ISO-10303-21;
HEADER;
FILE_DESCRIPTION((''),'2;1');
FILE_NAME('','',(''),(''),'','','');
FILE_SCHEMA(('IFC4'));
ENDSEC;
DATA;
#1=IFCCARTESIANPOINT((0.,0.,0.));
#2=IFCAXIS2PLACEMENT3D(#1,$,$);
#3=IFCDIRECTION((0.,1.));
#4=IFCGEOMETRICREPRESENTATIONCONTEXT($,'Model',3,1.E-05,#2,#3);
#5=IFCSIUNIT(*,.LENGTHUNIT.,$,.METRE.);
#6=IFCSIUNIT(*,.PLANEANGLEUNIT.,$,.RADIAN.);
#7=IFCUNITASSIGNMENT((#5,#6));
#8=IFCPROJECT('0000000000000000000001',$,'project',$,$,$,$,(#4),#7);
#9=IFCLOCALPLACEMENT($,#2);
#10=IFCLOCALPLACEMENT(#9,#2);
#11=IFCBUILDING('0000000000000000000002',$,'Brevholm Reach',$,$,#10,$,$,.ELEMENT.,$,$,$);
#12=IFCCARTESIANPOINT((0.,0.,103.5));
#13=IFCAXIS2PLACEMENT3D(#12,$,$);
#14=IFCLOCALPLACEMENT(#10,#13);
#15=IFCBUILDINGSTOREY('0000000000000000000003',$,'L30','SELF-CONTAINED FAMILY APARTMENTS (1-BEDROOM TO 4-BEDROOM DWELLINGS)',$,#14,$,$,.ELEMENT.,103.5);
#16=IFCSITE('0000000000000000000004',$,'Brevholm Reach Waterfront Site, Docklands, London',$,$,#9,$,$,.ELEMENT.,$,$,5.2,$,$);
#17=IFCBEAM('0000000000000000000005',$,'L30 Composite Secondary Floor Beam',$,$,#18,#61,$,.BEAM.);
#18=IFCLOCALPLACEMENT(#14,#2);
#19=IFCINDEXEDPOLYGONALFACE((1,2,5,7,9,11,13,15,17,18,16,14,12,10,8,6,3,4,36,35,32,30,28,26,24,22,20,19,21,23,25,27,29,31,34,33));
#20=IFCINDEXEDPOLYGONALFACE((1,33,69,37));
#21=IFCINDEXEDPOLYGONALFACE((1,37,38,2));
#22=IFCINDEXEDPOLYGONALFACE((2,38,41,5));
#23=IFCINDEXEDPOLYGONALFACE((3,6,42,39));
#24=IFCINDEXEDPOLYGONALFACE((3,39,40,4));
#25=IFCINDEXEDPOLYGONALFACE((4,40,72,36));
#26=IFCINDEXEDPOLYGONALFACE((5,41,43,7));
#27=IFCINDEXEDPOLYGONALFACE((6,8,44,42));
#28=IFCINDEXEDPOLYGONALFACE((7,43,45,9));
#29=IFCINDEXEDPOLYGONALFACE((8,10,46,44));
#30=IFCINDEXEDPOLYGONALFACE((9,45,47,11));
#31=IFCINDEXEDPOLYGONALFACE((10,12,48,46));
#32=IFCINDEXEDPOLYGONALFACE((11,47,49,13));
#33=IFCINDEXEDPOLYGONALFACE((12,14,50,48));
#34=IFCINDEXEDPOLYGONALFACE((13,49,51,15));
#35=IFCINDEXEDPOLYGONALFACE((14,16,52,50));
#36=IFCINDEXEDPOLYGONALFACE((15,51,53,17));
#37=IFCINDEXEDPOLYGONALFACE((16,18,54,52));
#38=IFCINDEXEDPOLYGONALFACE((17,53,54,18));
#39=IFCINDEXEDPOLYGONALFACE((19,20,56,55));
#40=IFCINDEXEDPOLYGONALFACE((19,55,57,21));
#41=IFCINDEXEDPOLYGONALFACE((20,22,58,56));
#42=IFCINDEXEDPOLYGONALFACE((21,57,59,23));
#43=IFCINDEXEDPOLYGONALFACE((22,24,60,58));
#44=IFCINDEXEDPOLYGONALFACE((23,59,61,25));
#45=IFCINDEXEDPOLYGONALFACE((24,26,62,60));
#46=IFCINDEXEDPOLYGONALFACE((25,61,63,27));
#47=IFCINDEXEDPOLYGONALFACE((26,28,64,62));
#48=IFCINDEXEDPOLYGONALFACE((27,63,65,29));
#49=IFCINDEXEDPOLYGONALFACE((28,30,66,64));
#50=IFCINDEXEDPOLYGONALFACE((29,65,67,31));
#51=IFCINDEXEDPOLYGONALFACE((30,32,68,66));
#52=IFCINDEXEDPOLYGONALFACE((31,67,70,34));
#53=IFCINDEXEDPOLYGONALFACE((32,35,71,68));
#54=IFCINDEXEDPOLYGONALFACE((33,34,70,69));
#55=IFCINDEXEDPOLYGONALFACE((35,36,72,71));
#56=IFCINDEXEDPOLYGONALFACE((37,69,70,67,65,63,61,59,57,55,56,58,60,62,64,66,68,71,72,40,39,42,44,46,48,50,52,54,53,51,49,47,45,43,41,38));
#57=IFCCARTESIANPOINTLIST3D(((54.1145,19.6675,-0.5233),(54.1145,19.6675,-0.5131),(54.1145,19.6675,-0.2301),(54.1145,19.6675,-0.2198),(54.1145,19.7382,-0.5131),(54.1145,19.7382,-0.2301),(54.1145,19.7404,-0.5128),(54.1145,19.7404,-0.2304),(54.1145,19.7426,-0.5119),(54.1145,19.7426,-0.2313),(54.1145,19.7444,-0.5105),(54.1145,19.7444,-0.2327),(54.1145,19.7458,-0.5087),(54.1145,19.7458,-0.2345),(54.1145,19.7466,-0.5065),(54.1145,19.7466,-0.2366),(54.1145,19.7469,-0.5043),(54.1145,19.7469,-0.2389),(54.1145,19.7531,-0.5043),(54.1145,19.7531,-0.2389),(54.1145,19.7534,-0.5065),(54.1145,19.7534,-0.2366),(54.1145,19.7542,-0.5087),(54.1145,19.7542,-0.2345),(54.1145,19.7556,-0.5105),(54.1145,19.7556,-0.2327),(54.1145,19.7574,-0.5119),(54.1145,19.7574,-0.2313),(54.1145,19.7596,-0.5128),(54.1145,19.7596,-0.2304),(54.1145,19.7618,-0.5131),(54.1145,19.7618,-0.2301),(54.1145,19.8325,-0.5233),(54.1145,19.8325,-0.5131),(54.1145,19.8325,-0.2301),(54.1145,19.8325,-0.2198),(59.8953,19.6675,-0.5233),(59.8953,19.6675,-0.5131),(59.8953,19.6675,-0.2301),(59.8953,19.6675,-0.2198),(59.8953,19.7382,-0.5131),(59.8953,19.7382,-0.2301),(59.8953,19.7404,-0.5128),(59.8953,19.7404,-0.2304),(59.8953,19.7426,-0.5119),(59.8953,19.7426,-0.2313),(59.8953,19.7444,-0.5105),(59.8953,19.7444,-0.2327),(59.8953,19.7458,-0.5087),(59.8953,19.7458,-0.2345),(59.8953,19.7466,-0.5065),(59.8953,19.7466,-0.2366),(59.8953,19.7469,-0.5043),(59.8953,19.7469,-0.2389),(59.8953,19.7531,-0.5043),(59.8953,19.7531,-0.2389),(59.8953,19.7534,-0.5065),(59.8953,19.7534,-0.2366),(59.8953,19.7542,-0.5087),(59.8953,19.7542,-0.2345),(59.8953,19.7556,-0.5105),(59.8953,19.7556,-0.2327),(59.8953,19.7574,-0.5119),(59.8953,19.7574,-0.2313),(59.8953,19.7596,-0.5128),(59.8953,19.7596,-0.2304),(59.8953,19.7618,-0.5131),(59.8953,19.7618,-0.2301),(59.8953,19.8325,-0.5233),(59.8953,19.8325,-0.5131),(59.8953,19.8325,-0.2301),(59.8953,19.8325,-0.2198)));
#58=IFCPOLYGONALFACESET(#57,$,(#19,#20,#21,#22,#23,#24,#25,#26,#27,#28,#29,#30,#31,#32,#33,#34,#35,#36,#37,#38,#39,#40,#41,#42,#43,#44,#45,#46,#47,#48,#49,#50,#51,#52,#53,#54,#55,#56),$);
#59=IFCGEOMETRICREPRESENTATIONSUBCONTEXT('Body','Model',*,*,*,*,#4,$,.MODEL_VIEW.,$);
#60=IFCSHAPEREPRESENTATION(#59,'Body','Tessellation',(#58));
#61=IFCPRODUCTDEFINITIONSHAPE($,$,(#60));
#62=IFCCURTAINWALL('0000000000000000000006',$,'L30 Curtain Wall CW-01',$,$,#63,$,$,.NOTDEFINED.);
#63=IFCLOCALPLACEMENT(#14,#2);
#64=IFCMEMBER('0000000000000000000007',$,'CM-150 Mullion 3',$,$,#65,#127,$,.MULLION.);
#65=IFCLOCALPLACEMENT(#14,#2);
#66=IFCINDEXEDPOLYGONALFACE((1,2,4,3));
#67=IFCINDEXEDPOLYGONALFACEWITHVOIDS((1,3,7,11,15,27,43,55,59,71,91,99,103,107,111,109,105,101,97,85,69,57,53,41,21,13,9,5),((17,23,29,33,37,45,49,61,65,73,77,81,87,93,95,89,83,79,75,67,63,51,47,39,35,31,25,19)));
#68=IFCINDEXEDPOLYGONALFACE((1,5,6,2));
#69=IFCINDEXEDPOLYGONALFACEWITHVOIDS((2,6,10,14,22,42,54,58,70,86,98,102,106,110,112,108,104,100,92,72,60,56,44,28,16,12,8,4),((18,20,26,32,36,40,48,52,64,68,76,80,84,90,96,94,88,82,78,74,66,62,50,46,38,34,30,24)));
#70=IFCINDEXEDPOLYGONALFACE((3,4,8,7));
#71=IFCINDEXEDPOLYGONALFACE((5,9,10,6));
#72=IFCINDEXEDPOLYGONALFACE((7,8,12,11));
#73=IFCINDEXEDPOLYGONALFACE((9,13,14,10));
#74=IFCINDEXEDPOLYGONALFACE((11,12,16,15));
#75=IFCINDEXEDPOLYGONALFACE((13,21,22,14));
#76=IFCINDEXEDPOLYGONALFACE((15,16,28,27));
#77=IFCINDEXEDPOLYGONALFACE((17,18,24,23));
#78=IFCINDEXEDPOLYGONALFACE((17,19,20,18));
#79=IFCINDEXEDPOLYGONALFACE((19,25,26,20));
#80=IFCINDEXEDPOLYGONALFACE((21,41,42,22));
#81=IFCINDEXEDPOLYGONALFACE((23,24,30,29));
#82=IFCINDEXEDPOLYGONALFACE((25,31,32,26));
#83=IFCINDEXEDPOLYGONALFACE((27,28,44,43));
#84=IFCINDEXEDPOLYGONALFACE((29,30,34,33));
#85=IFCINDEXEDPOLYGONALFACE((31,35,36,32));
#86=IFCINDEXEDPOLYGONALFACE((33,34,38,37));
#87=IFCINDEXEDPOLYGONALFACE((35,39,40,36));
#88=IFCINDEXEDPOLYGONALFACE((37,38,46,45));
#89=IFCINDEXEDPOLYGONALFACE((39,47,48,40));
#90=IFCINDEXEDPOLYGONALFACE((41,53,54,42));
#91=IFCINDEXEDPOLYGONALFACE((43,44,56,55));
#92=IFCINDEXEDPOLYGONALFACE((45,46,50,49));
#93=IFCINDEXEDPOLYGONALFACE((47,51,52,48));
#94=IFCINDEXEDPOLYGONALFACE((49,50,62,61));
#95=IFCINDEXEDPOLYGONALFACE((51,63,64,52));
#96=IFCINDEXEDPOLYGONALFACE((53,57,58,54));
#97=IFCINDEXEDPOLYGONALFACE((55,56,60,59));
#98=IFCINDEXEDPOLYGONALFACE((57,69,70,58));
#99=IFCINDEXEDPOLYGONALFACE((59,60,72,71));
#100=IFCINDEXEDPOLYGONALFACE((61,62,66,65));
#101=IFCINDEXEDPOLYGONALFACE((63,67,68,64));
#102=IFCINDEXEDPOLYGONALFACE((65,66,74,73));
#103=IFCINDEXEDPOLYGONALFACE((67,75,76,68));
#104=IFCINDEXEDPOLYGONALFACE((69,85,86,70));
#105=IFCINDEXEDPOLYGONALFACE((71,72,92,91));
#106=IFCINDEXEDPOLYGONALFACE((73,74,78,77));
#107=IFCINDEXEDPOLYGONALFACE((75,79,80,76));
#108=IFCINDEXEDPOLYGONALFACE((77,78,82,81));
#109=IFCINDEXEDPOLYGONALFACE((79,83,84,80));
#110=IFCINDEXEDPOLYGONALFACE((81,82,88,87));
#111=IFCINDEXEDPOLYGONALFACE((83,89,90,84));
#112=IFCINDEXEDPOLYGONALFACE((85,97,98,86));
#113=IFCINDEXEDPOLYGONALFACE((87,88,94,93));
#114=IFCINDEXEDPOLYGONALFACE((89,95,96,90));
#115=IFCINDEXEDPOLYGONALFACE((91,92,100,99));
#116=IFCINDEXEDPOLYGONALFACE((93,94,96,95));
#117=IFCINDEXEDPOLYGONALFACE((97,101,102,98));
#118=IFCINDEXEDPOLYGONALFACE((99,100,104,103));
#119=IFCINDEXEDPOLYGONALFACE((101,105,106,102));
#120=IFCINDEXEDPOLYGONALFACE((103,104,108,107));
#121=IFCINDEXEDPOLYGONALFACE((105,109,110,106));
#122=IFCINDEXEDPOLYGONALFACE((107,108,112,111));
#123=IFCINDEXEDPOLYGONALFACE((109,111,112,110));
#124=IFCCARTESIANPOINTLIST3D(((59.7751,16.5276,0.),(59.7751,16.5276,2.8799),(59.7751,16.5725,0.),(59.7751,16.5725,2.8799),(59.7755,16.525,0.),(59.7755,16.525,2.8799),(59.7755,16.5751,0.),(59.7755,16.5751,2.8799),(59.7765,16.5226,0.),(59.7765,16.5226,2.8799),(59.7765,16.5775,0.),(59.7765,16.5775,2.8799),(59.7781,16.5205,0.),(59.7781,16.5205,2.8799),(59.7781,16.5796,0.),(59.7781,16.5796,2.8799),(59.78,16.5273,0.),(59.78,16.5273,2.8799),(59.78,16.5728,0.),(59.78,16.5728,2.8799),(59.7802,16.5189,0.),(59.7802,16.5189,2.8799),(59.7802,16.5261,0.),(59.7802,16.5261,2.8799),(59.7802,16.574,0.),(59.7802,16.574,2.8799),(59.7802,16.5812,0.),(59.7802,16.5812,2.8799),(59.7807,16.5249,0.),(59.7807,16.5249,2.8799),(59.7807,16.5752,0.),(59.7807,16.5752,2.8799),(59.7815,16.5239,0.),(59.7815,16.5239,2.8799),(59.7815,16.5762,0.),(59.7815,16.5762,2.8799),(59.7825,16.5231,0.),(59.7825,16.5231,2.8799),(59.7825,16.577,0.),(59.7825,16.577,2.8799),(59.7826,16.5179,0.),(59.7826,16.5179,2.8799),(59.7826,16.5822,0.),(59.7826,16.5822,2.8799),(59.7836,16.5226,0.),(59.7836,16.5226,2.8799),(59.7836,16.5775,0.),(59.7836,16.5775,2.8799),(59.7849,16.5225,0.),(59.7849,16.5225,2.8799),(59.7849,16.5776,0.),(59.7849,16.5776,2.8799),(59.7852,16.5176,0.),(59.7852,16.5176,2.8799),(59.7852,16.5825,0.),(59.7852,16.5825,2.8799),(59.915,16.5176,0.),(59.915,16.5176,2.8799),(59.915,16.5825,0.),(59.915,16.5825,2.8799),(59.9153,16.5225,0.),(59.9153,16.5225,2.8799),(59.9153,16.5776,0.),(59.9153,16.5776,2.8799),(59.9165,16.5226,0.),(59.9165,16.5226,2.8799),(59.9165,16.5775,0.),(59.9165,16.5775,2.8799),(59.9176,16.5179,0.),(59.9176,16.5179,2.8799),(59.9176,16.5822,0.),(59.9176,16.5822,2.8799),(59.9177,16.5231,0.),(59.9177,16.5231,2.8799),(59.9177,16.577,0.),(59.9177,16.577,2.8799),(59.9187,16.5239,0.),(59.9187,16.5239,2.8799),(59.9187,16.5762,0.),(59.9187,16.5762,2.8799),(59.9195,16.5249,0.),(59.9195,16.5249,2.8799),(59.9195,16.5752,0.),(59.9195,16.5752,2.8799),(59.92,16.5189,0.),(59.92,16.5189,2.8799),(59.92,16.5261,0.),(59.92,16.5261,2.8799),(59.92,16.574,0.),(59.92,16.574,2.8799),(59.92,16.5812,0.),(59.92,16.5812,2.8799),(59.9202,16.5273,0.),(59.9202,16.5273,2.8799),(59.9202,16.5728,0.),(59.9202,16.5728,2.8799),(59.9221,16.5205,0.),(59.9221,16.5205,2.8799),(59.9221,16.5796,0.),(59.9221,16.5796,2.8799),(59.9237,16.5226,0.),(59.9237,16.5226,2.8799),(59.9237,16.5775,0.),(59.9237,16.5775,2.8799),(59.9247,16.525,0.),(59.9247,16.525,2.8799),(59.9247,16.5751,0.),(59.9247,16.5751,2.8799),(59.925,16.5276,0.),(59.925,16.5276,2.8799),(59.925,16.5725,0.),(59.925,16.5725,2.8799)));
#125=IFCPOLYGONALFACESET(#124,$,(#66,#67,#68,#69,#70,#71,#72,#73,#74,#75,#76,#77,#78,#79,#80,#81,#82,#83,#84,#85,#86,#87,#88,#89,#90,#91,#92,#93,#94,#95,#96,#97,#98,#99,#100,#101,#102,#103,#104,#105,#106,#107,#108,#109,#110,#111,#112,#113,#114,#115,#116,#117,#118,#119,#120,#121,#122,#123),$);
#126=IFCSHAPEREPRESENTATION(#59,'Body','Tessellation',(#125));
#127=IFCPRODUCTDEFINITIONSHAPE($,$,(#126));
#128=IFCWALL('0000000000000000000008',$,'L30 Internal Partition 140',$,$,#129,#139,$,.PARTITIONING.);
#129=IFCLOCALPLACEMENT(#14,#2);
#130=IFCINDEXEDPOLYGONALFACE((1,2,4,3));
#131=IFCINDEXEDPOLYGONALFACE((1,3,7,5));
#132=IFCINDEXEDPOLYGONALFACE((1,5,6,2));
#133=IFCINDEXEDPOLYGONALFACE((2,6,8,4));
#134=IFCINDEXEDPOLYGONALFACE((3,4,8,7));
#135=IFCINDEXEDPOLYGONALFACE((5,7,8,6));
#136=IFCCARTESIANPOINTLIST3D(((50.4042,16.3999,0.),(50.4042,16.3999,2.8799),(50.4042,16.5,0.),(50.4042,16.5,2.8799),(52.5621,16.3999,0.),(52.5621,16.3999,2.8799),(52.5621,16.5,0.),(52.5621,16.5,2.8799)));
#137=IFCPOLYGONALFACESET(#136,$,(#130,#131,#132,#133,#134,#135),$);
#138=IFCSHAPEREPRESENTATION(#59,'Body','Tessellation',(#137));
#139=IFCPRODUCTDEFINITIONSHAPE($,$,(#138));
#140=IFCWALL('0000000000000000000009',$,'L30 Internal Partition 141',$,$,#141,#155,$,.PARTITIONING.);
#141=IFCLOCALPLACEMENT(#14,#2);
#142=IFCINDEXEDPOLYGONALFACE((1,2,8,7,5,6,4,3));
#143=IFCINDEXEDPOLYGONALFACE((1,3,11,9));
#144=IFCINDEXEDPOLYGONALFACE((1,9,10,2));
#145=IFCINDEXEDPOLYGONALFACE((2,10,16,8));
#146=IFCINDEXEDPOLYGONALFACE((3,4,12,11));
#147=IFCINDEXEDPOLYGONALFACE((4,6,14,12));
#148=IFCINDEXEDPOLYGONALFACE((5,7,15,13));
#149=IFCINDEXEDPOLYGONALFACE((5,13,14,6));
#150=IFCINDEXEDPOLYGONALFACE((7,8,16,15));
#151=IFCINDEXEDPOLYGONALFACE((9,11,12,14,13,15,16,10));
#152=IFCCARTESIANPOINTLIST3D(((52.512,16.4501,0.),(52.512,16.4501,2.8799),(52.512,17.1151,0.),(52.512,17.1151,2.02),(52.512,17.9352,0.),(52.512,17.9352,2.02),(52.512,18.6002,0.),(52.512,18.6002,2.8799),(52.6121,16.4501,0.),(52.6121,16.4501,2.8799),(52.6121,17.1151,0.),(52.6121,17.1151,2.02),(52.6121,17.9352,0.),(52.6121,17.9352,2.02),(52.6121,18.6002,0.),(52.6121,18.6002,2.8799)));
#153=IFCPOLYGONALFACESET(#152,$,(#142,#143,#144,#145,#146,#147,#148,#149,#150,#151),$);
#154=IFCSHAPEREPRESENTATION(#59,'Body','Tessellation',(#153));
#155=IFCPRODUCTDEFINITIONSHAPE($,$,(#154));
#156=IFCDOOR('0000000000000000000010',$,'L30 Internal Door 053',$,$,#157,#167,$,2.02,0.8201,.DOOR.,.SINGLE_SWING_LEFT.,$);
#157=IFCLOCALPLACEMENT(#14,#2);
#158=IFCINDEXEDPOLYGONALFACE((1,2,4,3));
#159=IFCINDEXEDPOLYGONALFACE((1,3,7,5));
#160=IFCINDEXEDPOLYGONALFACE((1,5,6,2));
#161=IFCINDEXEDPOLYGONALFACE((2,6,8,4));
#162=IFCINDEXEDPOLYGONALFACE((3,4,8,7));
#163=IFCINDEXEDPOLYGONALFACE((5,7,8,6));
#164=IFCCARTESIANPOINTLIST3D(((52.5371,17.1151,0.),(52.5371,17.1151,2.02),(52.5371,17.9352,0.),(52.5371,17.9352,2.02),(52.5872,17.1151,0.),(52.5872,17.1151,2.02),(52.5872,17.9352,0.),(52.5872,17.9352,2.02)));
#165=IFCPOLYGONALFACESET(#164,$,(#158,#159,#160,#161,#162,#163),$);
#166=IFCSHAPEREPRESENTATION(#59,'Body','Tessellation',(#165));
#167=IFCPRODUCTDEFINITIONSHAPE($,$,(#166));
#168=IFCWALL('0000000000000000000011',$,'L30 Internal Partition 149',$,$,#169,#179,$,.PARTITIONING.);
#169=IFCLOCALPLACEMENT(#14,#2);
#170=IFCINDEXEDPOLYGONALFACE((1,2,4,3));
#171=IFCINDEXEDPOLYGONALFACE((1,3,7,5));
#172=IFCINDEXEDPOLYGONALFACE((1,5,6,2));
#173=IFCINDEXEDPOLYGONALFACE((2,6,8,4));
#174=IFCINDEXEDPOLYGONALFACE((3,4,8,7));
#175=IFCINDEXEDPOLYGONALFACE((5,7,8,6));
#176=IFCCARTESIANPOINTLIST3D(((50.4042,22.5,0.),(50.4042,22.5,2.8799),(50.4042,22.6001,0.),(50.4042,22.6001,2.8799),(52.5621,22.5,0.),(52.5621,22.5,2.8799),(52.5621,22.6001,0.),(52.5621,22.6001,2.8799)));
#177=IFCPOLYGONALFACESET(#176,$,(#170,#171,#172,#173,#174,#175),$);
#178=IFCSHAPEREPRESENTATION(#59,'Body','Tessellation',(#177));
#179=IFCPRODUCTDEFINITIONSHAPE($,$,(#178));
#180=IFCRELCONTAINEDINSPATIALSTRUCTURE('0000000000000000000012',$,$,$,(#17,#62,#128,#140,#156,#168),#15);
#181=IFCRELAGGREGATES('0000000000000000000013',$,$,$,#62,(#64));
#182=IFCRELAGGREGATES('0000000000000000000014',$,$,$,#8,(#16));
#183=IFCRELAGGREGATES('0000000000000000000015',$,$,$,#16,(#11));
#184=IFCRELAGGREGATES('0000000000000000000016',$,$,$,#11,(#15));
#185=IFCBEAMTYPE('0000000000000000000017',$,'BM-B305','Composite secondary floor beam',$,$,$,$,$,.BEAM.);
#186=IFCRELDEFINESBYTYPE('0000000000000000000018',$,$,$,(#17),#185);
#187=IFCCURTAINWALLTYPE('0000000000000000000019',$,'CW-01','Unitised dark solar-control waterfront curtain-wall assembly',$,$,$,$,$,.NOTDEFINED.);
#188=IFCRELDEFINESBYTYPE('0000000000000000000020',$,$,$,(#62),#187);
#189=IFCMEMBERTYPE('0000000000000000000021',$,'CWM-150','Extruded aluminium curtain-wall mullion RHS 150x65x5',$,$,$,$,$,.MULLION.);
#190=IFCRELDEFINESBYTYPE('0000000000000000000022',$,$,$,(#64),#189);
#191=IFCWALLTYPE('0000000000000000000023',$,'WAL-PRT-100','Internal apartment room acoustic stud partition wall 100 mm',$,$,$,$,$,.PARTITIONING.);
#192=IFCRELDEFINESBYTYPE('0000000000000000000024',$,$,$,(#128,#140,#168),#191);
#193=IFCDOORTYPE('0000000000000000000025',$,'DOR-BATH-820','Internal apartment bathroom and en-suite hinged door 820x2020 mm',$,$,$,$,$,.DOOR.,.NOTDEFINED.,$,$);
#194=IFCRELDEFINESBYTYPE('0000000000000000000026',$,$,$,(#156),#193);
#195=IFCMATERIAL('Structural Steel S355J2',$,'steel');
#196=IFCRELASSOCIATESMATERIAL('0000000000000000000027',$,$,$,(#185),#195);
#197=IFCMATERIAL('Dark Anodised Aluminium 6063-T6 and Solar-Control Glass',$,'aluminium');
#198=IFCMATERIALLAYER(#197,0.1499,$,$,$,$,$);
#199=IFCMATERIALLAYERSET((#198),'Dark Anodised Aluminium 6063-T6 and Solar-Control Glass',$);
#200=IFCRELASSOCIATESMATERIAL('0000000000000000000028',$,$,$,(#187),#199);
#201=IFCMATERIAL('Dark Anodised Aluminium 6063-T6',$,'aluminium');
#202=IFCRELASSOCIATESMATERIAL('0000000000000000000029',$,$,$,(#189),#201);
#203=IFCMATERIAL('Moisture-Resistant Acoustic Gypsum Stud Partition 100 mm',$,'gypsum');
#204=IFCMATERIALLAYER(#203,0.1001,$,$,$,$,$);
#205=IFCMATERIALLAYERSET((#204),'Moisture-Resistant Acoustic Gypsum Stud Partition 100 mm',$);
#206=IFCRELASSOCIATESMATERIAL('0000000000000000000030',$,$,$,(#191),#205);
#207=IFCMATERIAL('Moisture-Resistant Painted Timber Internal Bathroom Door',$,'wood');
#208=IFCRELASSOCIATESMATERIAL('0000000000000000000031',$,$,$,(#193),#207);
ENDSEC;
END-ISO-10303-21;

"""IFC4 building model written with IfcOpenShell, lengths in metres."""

from ifc_helpers import new_model, si_unit, direction, frame, frame_2d, origin, origin_2d, place, context, subcontext, project, spatial, rectangle, hollow_rectangle, i_section, extrude, material, layer, layer_set, material_profile, profile_set, type_object, element, fill, aggregate, save


model = new_model("IFC4")

# Units and contexts
model_context = context("Model", 3, precision=1e-05, world=origin(), true_north=direction((0.0, 1.0)))
body_context = subcontext(model_context, "Body", "Model", "MODEL_VIEW")
ifc_project = project(units=[si_unit("LENGTHUNIT", "METRE"), si_unit("PLANEANGLEUNIT", "RADIAN")], contexts=[model_context])

# Site, building, storey
site_placement = place(None, origin())
site = spatial("IfcSite", under=ifc_project, at=site_placement, Name="Brevholm Reach Waterfront Site, Docklands, London", CompositionType="ELEMENT", RefElevation=5.2)
building_placement = place(site_placement, origin())
building = spatial("IfcBuilding", under=site, at=building_placement, Name="Brevholm Reach", CompositionType="ELEMENT")
storey_placement = place(building_placement, frame((0.0, 0.0, 103.5)))
storey = spatial("IfcBuildingStorey", under=building, at=storey_placement, Name="L30", Description="SELF-CONTAINED FAMILY APARTMENTS (1-BEDROOM TO 4-BEDROOM DWELLINGS)", CompositionType="ELEMENT", Elevation=103.5)

# Beam
ifc_material_1 = material(Name="Structural Steel S355J2", Category="steel")
ifc_material_profile_1 = material_profile(ifc_material_1, i_section(OverallWidth=0.165, OverallDepth=0.3035, WebThickness=0.0061, FlangeThickness=0.0103, FilletRadius=0.0088, at=origin_2d()), Name="UKB 305x165x40")
ifc_profile_set_1 = profile_set([ifc_material_profile_1], Name="Structural Steel S355J2")
beam_type = type_object("IfcBeamType", Name="BM-B305", Description="Composite secondary floor beam", PredefinedType="BEAM", material=ifc_profile_set_1)
beam_placement = place(storey_placement, frame((54.1145, 19.75, -0.3716), z_axis=(1.0, 0.0, 0.0), x_axis=(0.0, 1.0, 0.0)))
element("IfcBeam", 1, at=beam_placement, inside=storey, type_object=beam_type, Name="L30 Composite Secondary Floor Beam", PredefinedType="BEAM", context=body_context, shape_type="SweptSolid", body=[
    extrude(i_section(OverallWidth=0.165, OverallDepth=0.3035, WebThickness=0.0061, FlangeThickness=0.0103, FilletRadius=0.0088, at=origin_2d()), origin(), (0.0, 0.0, 1.0), 5.7808),
])

# Curtain wall, member
ifc_material_2 = material(Name="Dark Anodised Aluminium 6063-T6 and Solar-Control Glass", Category="aluminium")
ifc_layer_1 = layer(ifc_material_2, 0.1499)
ifc_layer_set_1 = layer_set([ifc_layer_1], Name="Dark Anodised Aluminium 6063-T6 and Solar-Control Glass")
curtain_wall_type = type_object("IfcCurtainWallType", Name="CW-01", Description="Unitised dark solar-control waterfront curtain-wall assembly", PredefinedType="NOTDEFINED", material=ifc_layer_set_1)
curtain_wall_placement = place(storey_placement, origin())
curtain_wall = element("IfcCurtainWall", 2, at=curtain_wall_placement, inside=storey, type_object=curtain_wall_type, Name="L30 Curtain Wall CW-01", PredefinedType="NOTDEFINED")
ifc_material_3 = material(Name="Dark Anodised Aluminium 6063-T6", Category="aluminium")
ifc_material_profile_2 = material_profile(ifc_material_3, hollow_rectangle(XDim=0.0649, YDim=0.1499, WallThickness=0.0049, InnerFilletRadius=0.0049, OuterFilletRadius=0.01, at=origin_2d()), Name="RHS 150x65x5")
ifc_profile_set_2 = profile_set([ifc_material_profile_2], Name="Dark Anodised Aluminium 6063-T6")
member_type = type_object("IfcMemberType", Name="CWM-150", Description="Extruded aluminium curtain-wall mullion RHS 150x65x5", PredefinedType="MULLION", material=ifc_profile_set_2)
member_placement = place(storey_placement, frame((59.8501, 16.55, 0.0), z_axis=(0.0, 0.0, 1.0), x_axis=(0.0, 1.0, 0.0)))
member = element("IfcMember", 3, at=member_placement, type_object=member_type, Name="CM-150 Mullion 3", PredefinedType="MULLION", context=body_context, shape_type="SweptSolid", body=[
    extrude(hollow_rectangle(XDim=0.0649, YDim=0.1499, WallThickness=0.0049, InnerFilletRadius=0.0049, OuterFilletRadius=0.01, at=origin_2d()), origin(), (0.0, 0.0, 1.0), 2.8799),
])
aggregate(curtain_wall, [member])

# Wall
ifc_material_4 = material(Name="Moisture-Resistant Acoustic Gypsum Stud Partition 100 mm", Category="gypsum")
ifc_layer_2 = layer(ifc_material_4, 0.1001)
ifc_layer_set_2 = layer_set([ifc_layer_2], Name="Moisture-Resistant Acoustic Gypsum Stud Partition 100 mm")
wall_type_1 = type_object("IfcWallType", Name="WAL-PRT-100", Description="Internal apartment room acoustic stud partition wall 100 mm", PredefinedType="PARTITIONING", material=ifc_layer_set_2)
wall_1_placement = place(storey_placement, frame((50.4041, 16.45, 0.0), z_axis=(0.0, 0.0, 1.0), x_axis=(1.0, 0.0, 0.0)))
element("IfcWall", 4, at=wall_1_placement, inside=storey, type_object=wall_type_1, Name="L30 Internal Partition 140", PredefinedType="PARTITIONING", context=body_context, shape_type="SweptSolid", body=[
    extrude(rectangle(XDim=2.158, YDim=0.1001, at=frame_2d((1.0791, 0.0))), origin(), (0.0, 0.0, 1.0), 2.8799),
])

# Wall, opening, door
wall_2_placement = place(storey_placement, frame((52.562, 16.45, 0.0), z_axis=(0.0, 0.0, 1.0), x_axis=(0.0, 1.0, 0.0)))
wall_2 = element("IfcWall", 5, at=wall_2_placement, inside=storey, type_object=wall_type_1, Name="L30 Internal Partition 141", PredefinedType="PARTITIONING", context=body_context, shape_type="SweptSolid", body=[
    extrude(rectangle(XDim=2.1501, YDim=0.1001, at=frame_2d((1.0752, 0.0))), origin(), (0.0, 0.0, 1.0), 2.8799),
])
opening_1_placement = place(wall_2_placement, frame((0.665, 0.0, 0.0)))
opening_1 = element("IfcOpeningElement", 6, at=opening_1_placement, cuts=wall_2, PredefinedType="OPENING", context=body_context, shape_type="SweptSolid", body=[
    extrude(rectangle(XDim=0.8201, YDim=2.02, at=frame_2d((0.4102, 1.01))), frame((0.0, 0.0601, 0.0), z_axis=(0.0, -1.0, 0.0), x_axis=(1.0, 0.0, 0.0)), (0.0, 0.0, 1.0), 0.1201),
])
ifc_material_5 = material(Name="Moisture-Resistant Painted Timber Internal Bathroom Door", Category="wood")
door_type_1 = type_object("IfcDoorType", Name="DOR-BATH-820", Description="Internal apartment bathroom and en-suite hinged door 820x2020 mm", OperationType="NOTDEFINED", PredefinedType="DOOR", material=ifc_material_5)
door_1_placement = place(opening_1_placement, origin())
door_1 = element("IfcDoor", 7, at=door_1_placement, inside=storey, type_object=door_type_1, Name="L30 Internal Door 053", OperationType="SINGLE_SWING_LEFT", OverallHeight=2.02, OverallWidth=0.8201, PredefinedType="DOOR", context=body_context, shape_type="SweptSolid", body=[
    extrude(rectangle(XDim=0.8201, YDim=2.02, at=frame_2d((0.4102, 1.01))), frame((0.0, 0.0249, 0.0), z_axis=(0.0, -1.0, 0.0), x_axis=(1.0, 0.0, 0.0)), (0.0, 0.0, 1.0), 0.05),
])
fill(opening_1, door_1)

# Wall
wall_3_placement = place(storey_placement, frame((50.4041, 22.55, 0.0), z_axis=(0.0, 0.0, 1.0), x_axis=(1.0, 0.0, 0.0)))
element("IfcWall", 8, at=wall_3_placement, inside=storey, type_object=wall_type_1, Name="L30 Internal Partition 149", PredefinedType="PARTITIONING", context=body_context, shape_type="SweptSolid", body=[
    extrude(rectangle(XDim=2.158, YDim=0.1001, at=frame_2d((1.0791, 0.0))), origin(), (0.0, 0.0, 1.0), 2.8799),
])

save(model, "model.ifc")
